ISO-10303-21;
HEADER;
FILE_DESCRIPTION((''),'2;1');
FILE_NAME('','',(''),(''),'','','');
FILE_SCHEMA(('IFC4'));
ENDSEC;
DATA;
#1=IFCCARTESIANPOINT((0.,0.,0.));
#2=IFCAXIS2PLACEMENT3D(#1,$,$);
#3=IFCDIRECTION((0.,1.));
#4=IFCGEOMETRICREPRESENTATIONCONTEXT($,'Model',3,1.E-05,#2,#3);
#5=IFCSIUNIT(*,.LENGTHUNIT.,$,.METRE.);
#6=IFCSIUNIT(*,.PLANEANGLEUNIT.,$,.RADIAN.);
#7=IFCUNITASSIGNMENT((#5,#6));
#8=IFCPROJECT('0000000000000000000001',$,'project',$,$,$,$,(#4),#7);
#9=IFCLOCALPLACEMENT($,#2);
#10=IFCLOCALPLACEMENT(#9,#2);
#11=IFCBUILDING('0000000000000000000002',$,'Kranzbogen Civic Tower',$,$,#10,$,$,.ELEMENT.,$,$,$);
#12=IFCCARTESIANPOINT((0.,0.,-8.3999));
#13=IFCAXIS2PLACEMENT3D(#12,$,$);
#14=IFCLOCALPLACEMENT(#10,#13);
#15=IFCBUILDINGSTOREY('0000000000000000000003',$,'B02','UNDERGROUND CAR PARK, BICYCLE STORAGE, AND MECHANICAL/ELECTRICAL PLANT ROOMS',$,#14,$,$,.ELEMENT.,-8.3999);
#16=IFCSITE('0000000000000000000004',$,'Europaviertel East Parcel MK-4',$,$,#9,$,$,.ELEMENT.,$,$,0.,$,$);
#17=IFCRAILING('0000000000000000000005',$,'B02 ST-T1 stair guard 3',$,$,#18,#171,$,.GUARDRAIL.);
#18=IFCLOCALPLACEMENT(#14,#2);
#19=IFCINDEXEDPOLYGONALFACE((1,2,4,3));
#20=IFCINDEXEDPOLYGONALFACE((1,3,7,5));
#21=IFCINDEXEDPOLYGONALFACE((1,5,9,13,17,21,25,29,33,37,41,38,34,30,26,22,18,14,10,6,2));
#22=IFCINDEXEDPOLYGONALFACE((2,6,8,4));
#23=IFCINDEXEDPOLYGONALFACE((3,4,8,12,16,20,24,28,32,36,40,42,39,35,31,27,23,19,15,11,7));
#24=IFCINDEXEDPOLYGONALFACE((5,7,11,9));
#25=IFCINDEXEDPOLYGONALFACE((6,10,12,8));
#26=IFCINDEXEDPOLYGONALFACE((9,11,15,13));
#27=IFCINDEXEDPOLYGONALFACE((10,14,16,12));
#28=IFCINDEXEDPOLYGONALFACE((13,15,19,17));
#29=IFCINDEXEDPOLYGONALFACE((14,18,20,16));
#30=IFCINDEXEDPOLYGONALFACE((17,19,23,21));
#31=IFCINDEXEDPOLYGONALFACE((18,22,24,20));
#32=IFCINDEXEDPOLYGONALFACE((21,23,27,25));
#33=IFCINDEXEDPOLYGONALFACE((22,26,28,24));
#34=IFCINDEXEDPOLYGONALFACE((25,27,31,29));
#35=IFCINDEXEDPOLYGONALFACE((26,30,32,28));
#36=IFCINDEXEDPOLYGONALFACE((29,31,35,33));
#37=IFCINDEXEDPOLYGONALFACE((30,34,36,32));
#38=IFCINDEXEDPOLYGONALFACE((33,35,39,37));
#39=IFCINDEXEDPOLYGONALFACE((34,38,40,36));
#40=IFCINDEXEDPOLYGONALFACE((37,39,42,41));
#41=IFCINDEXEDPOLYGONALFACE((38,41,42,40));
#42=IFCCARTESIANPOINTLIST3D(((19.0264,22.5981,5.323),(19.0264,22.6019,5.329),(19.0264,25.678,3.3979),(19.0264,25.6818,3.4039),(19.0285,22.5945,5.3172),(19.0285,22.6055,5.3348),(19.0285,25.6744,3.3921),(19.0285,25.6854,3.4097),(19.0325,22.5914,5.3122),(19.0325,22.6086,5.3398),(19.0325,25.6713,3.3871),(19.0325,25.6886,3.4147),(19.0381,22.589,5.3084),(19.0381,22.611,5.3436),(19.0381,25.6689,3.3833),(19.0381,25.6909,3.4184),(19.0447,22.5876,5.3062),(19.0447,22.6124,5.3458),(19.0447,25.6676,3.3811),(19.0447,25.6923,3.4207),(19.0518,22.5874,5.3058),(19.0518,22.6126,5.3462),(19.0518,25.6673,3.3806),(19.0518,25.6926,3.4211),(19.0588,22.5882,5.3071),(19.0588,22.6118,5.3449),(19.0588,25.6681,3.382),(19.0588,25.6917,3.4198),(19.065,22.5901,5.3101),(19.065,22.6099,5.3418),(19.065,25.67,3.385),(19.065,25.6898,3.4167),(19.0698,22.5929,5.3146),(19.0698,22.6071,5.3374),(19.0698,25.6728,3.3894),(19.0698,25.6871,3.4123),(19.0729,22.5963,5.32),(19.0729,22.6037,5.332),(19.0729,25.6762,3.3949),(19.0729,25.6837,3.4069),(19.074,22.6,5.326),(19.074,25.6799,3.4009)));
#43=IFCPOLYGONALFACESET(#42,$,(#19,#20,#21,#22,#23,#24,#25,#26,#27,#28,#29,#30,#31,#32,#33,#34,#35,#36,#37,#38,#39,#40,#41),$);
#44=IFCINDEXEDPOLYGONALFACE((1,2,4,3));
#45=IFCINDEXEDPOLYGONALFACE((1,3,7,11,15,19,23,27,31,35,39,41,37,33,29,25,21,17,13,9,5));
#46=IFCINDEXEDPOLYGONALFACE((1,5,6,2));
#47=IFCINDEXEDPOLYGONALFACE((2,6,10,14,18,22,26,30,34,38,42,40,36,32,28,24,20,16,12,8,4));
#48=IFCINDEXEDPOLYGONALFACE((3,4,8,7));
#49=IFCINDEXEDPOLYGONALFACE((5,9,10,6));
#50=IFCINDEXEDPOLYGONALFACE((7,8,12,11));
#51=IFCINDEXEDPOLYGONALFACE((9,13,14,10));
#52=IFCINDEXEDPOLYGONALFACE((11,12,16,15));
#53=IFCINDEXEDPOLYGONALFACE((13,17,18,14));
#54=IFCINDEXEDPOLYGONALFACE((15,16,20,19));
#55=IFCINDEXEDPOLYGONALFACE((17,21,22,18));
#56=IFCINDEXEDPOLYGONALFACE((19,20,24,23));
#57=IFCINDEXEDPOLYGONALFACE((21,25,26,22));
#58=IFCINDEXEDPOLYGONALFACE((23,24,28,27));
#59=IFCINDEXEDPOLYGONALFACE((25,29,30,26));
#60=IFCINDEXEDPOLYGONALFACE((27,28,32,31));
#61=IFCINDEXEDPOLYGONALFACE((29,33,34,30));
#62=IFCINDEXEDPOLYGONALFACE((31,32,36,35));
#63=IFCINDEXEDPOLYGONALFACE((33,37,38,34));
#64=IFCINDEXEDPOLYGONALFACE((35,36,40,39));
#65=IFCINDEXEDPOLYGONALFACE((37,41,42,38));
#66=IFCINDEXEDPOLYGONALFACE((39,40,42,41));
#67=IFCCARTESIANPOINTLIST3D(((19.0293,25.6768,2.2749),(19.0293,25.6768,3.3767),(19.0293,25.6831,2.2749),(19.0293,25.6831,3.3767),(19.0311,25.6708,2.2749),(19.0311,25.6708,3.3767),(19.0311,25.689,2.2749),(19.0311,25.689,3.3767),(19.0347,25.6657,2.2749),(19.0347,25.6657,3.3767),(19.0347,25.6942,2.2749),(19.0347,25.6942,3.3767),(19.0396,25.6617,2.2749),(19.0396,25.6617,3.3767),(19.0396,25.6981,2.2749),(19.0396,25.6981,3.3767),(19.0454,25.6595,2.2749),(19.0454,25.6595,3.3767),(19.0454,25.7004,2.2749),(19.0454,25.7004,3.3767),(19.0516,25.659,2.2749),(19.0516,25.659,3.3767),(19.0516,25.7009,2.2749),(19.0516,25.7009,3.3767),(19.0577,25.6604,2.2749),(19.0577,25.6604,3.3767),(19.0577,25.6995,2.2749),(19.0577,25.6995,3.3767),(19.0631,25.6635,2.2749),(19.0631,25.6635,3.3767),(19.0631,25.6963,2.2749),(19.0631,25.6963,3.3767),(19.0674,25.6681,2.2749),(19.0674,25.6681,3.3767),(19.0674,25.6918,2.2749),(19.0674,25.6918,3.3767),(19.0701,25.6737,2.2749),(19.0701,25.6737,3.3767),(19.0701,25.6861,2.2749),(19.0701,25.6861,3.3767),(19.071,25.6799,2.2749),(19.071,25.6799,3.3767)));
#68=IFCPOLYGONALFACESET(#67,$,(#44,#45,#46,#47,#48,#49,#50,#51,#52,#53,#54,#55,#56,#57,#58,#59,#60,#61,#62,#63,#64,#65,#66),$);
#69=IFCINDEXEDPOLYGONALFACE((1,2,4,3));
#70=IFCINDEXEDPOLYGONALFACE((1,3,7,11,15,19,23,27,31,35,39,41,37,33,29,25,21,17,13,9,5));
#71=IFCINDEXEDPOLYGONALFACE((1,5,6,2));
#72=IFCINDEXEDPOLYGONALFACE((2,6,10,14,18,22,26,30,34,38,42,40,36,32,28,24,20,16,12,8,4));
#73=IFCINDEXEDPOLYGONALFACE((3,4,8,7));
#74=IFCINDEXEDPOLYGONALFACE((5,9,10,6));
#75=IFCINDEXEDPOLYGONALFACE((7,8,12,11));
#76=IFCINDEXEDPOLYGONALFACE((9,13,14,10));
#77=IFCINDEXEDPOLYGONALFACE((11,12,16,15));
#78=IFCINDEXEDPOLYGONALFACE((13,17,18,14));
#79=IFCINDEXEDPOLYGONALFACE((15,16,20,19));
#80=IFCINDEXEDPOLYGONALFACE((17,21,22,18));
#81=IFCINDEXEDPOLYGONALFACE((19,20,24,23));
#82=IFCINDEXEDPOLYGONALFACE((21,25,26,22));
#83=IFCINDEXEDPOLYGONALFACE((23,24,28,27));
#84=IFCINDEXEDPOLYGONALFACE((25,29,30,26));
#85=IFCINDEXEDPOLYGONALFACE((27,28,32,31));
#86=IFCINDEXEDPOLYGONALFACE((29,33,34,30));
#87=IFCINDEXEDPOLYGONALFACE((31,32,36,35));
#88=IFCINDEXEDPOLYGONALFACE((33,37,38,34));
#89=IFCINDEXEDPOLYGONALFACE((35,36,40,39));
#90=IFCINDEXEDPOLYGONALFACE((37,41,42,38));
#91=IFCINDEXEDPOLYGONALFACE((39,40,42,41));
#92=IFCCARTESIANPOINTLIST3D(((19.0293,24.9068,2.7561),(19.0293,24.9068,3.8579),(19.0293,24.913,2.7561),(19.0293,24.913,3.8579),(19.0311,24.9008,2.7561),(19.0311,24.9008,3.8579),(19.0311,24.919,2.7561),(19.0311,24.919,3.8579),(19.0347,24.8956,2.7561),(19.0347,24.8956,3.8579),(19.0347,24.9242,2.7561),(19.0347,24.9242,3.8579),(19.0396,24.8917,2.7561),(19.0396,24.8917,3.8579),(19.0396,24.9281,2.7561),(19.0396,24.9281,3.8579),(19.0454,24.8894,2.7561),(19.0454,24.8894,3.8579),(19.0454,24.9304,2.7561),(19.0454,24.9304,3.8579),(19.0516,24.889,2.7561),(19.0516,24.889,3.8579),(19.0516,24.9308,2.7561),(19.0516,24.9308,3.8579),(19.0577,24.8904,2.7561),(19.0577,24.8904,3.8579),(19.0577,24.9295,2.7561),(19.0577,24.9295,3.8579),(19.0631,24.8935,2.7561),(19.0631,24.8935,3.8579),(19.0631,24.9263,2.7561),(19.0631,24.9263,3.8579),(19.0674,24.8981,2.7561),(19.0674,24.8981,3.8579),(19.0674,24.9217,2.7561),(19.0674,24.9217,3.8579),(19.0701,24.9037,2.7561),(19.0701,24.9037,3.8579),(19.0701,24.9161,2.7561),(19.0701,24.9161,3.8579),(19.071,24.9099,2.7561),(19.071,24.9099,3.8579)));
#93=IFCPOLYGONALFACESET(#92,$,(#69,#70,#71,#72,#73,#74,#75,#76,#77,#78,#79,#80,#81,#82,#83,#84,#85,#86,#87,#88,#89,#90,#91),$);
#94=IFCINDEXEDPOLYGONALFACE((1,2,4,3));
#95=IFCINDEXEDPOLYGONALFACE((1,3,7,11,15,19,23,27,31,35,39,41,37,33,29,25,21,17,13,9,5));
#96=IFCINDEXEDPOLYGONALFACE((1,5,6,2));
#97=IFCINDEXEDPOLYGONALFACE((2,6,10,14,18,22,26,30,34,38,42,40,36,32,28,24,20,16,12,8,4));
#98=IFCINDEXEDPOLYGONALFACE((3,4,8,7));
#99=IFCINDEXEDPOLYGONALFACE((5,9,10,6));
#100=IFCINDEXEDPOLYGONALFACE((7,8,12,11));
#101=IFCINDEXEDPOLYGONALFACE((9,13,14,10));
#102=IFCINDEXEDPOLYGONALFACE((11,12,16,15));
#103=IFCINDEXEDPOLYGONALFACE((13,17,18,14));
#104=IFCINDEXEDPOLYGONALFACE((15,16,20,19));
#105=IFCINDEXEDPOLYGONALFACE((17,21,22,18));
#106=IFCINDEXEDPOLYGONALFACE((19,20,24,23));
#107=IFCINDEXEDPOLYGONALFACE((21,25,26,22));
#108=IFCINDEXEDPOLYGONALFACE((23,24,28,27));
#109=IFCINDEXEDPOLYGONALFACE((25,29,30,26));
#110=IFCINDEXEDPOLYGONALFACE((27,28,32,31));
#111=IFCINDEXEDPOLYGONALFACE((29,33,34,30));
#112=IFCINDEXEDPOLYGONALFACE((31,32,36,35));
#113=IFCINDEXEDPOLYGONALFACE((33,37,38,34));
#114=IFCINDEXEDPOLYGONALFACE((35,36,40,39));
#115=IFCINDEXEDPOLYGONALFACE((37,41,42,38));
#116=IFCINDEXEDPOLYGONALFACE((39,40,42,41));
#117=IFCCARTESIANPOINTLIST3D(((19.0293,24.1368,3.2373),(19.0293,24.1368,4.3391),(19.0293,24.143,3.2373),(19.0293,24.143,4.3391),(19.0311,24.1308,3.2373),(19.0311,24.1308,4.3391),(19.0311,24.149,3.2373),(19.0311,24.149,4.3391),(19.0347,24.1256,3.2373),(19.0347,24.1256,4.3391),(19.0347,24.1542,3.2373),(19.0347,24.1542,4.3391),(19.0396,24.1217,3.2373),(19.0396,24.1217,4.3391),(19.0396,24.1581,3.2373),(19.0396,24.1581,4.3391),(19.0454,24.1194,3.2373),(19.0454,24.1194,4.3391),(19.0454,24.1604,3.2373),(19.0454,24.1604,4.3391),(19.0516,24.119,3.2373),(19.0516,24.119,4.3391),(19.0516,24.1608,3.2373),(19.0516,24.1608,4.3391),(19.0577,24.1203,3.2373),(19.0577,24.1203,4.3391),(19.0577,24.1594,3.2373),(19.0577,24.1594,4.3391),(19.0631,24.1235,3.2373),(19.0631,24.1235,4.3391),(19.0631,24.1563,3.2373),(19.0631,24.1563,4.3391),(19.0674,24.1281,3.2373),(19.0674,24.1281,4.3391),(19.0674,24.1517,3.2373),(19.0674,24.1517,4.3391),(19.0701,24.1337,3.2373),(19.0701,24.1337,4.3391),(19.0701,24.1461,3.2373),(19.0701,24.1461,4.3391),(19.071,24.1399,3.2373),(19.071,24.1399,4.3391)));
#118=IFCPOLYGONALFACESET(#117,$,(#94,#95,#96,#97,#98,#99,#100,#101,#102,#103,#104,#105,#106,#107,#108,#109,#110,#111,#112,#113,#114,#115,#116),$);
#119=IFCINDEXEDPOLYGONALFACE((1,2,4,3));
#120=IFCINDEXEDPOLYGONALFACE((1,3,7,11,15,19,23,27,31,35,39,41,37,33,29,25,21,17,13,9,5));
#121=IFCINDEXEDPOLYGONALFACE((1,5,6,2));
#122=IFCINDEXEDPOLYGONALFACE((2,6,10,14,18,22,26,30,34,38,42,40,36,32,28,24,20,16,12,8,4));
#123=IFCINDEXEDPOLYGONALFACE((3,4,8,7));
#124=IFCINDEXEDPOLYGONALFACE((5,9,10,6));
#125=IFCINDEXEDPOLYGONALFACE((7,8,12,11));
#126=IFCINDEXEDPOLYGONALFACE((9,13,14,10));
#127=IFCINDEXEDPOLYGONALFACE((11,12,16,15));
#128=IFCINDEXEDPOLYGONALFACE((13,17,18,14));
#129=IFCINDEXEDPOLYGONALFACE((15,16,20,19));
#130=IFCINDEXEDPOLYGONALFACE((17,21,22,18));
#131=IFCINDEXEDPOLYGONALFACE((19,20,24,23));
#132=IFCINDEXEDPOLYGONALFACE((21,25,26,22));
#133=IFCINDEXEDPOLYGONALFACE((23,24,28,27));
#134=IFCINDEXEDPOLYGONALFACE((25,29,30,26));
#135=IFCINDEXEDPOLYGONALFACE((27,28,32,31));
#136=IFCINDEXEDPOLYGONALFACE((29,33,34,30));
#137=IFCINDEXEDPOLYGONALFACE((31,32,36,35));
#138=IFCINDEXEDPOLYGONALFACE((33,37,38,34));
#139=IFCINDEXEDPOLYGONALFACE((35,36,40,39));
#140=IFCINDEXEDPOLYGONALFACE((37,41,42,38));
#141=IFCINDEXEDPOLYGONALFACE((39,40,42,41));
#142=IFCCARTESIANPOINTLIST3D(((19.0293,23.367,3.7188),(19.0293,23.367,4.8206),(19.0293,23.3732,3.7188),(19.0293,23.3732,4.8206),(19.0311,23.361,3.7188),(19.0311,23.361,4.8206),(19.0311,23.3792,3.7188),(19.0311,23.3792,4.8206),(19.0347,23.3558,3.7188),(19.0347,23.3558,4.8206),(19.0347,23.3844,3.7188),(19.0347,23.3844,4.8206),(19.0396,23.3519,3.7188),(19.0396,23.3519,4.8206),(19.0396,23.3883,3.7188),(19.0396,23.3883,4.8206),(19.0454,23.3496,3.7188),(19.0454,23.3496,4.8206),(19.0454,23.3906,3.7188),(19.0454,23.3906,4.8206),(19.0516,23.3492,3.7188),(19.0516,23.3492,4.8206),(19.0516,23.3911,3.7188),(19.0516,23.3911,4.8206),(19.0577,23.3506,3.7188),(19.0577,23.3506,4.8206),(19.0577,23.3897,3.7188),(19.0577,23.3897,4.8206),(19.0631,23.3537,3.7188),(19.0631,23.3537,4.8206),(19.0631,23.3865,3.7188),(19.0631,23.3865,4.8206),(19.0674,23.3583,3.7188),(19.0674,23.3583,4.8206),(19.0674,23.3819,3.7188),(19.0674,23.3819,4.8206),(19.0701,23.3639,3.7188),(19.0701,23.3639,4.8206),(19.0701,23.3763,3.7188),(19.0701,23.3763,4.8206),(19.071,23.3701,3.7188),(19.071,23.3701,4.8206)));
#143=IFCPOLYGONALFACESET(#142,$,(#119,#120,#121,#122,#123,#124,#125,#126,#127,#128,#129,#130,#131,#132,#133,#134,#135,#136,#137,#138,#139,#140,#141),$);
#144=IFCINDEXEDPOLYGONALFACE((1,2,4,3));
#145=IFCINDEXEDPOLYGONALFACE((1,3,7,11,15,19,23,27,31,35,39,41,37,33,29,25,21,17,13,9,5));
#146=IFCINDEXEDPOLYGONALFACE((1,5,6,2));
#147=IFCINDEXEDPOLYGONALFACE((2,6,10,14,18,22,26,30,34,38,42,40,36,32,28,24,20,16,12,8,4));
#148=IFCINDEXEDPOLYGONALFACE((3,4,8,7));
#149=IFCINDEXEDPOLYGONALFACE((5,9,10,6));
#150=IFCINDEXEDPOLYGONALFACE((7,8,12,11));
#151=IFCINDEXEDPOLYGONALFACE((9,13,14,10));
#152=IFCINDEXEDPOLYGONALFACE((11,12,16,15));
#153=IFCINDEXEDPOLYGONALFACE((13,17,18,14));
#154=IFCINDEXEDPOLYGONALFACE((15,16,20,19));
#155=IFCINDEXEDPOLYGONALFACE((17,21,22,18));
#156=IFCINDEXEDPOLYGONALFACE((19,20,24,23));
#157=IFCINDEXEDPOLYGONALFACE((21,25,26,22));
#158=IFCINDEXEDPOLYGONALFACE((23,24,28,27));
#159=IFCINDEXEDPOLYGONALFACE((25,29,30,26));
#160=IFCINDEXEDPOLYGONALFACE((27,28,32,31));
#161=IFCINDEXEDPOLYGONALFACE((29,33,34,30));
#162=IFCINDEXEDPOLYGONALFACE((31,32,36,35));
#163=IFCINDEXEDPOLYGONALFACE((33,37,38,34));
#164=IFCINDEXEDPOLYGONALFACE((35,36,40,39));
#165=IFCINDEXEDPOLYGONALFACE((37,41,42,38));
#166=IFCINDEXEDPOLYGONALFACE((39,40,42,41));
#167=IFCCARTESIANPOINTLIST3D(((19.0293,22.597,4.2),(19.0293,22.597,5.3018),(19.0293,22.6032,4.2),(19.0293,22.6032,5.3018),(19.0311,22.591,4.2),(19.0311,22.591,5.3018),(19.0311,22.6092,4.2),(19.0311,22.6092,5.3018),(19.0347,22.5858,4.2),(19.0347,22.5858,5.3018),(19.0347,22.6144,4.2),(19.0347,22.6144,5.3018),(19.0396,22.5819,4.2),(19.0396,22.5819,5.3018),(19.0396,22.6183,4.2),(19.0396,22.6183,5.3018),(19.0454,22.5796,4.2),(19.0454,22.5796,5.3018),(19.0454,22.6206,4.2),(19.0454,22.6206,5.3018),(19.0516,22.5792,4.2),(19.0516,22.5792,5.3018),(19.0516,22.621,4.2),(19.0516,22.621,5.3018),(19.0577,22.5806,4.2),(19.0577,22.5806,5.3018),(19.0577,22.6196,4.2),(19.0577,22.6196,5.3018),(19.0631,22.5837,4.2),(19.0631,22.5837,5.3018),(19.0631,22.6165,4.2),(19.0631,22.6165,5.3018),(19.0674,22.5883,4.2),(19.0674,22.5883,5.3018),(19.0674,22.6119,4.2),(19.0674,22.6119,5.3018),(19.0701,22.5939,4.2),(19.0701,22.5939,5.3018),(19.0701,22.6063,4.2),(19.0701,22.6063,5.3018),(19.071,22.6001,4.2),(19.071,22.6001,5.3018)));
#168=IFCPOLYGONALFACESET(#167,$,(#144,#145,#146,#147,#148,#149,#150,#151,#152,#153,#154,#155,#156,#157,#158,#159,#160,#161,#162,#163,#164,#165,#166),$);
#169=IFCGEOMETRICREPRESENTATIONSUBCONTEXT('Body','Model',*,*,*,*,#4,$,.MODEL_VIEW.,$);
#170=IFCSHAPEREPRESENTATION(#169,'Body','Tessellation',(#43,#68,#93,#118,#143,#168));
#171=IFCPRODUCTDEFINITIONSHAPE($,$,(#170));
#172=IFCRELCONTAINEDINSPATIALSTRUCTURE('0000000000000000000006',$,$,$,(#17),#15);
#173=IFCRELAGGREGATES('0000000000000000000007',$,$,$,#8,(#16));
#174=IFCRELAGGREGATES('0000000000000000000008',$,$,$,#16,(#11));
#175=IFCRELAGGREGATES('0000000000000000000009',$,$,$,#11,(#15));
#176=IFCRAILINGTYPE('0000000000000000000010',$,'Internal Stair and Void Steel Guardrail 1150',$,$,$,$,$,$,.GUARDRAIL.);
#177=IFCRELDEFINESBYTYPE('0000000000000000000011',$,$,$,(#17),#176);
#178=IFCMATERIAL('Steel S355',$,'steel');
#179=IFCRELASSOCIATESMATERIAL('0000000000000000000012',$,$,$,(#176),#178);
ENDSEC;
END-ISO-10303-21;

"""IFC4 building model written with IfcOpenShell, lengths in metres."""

from ifc_helpers import new_model, si_unit, direction, frame, origin, origin_2d, place, context, subcontext, project, spatial, circle, extrude, material, type_object, element, save


model = new_model("IFC4")

# Units and contexts
model_context = context("Model", 3, precision=1e-05, world=origin(), true_north=direction((0.0, 1.0)))
body_context = subcontext(model_context, "Body", "Model", "MODEL_VIEW")
ifc_project = project(units=[si_unit("LENGTHUNIT", "METRE"), si_unit("PLANEANGLEUNIT", "RADIAN")], contexts=[model_context])

# Site, building, storey
site_placement = place(None, origin())
site = spatial("IfcSite", under=ifc_project, at=site_placement, Name="Europaviertel East Parcel MK-4", CompositionType="ELEMENT", RefElevation=0.0)
building_placement = place(site_placement, origin())
building = spatial("IfcBuilding", under=site, at=building_placement, Name="Kranzbogen Civic Tower", CompositionType="ELEMENT")
storey_placement = place(building_placement, frame((0.0, 0.0, -8.3999)))
storey = spatial("IfcBuildingStorey", under=building, at=storey_placement, Name="B02", Description="UNDERGROUND CAR PARK, BICYCLE STORAGE, AND MECHANICAL/ELECTRICAL PLANT ROOMS", CompositionType="ELEMENT", Elevation=-8.3999)

# Shared definitions
ifc_material_1 = material(Name="Steel S355", Category="steel")

# Railing
railing_type = type_object("IfcRailingType", Name="Internal Stair and Void Steel Guardrail 1150", PredefinedType="GUARDRAIL", material=ifc_material_1)
railing_1_placement = place(storey_placement, frame((19.05, 25.6799, 2.2749)))
element("IfcRailing", 1, at=railing_1_placement, inside=storey, type_object=railing_type, Name="B02 ST-T1 stair guard 3", PredefinedType="GUARDRAIL", context=body_context, shape_type="SweptSolid", body=[
    extrude(circle(Radius=0.0239, at=origin_2d()), frame((0.0, 0.0, 1.126), z_axis=(0.0, -0.847979, 0.530029), x_axis=(1.0, 0.0, 0.0)), (0.0, 0.0, 1.0), 3.6321),
    extrude(circle(Radius=0.021, at=origin_2d()), origin(), (0.0, 0.0, 1.0), 1.1018),
    extrude(circle(Radius=0.021, at=origin_2d()), frame((0.0, -0.77, 0.4812)), (0.0, 0.0, 1.0), 1.1018),
    extrude(circle(Radius=0.021, at=origin_2d()), frame((0.0, -1.54, 0.9624)), (0.0, 0.0, 1.0), 1.1018),
    extrude(circle(Radius=0.021, at=origin_2d()), frame((0.0, -2.3098, 1.4438)), (0.0, 0.0, 1.0), 1.1018),
    extrude(circle(Radius=0.021, at=origin_2d()), frame((0.0, -3.0798, 1.925)), (0.0, 0.0, 1.0), 1.1018),
])

save(model, "model.ifc")
